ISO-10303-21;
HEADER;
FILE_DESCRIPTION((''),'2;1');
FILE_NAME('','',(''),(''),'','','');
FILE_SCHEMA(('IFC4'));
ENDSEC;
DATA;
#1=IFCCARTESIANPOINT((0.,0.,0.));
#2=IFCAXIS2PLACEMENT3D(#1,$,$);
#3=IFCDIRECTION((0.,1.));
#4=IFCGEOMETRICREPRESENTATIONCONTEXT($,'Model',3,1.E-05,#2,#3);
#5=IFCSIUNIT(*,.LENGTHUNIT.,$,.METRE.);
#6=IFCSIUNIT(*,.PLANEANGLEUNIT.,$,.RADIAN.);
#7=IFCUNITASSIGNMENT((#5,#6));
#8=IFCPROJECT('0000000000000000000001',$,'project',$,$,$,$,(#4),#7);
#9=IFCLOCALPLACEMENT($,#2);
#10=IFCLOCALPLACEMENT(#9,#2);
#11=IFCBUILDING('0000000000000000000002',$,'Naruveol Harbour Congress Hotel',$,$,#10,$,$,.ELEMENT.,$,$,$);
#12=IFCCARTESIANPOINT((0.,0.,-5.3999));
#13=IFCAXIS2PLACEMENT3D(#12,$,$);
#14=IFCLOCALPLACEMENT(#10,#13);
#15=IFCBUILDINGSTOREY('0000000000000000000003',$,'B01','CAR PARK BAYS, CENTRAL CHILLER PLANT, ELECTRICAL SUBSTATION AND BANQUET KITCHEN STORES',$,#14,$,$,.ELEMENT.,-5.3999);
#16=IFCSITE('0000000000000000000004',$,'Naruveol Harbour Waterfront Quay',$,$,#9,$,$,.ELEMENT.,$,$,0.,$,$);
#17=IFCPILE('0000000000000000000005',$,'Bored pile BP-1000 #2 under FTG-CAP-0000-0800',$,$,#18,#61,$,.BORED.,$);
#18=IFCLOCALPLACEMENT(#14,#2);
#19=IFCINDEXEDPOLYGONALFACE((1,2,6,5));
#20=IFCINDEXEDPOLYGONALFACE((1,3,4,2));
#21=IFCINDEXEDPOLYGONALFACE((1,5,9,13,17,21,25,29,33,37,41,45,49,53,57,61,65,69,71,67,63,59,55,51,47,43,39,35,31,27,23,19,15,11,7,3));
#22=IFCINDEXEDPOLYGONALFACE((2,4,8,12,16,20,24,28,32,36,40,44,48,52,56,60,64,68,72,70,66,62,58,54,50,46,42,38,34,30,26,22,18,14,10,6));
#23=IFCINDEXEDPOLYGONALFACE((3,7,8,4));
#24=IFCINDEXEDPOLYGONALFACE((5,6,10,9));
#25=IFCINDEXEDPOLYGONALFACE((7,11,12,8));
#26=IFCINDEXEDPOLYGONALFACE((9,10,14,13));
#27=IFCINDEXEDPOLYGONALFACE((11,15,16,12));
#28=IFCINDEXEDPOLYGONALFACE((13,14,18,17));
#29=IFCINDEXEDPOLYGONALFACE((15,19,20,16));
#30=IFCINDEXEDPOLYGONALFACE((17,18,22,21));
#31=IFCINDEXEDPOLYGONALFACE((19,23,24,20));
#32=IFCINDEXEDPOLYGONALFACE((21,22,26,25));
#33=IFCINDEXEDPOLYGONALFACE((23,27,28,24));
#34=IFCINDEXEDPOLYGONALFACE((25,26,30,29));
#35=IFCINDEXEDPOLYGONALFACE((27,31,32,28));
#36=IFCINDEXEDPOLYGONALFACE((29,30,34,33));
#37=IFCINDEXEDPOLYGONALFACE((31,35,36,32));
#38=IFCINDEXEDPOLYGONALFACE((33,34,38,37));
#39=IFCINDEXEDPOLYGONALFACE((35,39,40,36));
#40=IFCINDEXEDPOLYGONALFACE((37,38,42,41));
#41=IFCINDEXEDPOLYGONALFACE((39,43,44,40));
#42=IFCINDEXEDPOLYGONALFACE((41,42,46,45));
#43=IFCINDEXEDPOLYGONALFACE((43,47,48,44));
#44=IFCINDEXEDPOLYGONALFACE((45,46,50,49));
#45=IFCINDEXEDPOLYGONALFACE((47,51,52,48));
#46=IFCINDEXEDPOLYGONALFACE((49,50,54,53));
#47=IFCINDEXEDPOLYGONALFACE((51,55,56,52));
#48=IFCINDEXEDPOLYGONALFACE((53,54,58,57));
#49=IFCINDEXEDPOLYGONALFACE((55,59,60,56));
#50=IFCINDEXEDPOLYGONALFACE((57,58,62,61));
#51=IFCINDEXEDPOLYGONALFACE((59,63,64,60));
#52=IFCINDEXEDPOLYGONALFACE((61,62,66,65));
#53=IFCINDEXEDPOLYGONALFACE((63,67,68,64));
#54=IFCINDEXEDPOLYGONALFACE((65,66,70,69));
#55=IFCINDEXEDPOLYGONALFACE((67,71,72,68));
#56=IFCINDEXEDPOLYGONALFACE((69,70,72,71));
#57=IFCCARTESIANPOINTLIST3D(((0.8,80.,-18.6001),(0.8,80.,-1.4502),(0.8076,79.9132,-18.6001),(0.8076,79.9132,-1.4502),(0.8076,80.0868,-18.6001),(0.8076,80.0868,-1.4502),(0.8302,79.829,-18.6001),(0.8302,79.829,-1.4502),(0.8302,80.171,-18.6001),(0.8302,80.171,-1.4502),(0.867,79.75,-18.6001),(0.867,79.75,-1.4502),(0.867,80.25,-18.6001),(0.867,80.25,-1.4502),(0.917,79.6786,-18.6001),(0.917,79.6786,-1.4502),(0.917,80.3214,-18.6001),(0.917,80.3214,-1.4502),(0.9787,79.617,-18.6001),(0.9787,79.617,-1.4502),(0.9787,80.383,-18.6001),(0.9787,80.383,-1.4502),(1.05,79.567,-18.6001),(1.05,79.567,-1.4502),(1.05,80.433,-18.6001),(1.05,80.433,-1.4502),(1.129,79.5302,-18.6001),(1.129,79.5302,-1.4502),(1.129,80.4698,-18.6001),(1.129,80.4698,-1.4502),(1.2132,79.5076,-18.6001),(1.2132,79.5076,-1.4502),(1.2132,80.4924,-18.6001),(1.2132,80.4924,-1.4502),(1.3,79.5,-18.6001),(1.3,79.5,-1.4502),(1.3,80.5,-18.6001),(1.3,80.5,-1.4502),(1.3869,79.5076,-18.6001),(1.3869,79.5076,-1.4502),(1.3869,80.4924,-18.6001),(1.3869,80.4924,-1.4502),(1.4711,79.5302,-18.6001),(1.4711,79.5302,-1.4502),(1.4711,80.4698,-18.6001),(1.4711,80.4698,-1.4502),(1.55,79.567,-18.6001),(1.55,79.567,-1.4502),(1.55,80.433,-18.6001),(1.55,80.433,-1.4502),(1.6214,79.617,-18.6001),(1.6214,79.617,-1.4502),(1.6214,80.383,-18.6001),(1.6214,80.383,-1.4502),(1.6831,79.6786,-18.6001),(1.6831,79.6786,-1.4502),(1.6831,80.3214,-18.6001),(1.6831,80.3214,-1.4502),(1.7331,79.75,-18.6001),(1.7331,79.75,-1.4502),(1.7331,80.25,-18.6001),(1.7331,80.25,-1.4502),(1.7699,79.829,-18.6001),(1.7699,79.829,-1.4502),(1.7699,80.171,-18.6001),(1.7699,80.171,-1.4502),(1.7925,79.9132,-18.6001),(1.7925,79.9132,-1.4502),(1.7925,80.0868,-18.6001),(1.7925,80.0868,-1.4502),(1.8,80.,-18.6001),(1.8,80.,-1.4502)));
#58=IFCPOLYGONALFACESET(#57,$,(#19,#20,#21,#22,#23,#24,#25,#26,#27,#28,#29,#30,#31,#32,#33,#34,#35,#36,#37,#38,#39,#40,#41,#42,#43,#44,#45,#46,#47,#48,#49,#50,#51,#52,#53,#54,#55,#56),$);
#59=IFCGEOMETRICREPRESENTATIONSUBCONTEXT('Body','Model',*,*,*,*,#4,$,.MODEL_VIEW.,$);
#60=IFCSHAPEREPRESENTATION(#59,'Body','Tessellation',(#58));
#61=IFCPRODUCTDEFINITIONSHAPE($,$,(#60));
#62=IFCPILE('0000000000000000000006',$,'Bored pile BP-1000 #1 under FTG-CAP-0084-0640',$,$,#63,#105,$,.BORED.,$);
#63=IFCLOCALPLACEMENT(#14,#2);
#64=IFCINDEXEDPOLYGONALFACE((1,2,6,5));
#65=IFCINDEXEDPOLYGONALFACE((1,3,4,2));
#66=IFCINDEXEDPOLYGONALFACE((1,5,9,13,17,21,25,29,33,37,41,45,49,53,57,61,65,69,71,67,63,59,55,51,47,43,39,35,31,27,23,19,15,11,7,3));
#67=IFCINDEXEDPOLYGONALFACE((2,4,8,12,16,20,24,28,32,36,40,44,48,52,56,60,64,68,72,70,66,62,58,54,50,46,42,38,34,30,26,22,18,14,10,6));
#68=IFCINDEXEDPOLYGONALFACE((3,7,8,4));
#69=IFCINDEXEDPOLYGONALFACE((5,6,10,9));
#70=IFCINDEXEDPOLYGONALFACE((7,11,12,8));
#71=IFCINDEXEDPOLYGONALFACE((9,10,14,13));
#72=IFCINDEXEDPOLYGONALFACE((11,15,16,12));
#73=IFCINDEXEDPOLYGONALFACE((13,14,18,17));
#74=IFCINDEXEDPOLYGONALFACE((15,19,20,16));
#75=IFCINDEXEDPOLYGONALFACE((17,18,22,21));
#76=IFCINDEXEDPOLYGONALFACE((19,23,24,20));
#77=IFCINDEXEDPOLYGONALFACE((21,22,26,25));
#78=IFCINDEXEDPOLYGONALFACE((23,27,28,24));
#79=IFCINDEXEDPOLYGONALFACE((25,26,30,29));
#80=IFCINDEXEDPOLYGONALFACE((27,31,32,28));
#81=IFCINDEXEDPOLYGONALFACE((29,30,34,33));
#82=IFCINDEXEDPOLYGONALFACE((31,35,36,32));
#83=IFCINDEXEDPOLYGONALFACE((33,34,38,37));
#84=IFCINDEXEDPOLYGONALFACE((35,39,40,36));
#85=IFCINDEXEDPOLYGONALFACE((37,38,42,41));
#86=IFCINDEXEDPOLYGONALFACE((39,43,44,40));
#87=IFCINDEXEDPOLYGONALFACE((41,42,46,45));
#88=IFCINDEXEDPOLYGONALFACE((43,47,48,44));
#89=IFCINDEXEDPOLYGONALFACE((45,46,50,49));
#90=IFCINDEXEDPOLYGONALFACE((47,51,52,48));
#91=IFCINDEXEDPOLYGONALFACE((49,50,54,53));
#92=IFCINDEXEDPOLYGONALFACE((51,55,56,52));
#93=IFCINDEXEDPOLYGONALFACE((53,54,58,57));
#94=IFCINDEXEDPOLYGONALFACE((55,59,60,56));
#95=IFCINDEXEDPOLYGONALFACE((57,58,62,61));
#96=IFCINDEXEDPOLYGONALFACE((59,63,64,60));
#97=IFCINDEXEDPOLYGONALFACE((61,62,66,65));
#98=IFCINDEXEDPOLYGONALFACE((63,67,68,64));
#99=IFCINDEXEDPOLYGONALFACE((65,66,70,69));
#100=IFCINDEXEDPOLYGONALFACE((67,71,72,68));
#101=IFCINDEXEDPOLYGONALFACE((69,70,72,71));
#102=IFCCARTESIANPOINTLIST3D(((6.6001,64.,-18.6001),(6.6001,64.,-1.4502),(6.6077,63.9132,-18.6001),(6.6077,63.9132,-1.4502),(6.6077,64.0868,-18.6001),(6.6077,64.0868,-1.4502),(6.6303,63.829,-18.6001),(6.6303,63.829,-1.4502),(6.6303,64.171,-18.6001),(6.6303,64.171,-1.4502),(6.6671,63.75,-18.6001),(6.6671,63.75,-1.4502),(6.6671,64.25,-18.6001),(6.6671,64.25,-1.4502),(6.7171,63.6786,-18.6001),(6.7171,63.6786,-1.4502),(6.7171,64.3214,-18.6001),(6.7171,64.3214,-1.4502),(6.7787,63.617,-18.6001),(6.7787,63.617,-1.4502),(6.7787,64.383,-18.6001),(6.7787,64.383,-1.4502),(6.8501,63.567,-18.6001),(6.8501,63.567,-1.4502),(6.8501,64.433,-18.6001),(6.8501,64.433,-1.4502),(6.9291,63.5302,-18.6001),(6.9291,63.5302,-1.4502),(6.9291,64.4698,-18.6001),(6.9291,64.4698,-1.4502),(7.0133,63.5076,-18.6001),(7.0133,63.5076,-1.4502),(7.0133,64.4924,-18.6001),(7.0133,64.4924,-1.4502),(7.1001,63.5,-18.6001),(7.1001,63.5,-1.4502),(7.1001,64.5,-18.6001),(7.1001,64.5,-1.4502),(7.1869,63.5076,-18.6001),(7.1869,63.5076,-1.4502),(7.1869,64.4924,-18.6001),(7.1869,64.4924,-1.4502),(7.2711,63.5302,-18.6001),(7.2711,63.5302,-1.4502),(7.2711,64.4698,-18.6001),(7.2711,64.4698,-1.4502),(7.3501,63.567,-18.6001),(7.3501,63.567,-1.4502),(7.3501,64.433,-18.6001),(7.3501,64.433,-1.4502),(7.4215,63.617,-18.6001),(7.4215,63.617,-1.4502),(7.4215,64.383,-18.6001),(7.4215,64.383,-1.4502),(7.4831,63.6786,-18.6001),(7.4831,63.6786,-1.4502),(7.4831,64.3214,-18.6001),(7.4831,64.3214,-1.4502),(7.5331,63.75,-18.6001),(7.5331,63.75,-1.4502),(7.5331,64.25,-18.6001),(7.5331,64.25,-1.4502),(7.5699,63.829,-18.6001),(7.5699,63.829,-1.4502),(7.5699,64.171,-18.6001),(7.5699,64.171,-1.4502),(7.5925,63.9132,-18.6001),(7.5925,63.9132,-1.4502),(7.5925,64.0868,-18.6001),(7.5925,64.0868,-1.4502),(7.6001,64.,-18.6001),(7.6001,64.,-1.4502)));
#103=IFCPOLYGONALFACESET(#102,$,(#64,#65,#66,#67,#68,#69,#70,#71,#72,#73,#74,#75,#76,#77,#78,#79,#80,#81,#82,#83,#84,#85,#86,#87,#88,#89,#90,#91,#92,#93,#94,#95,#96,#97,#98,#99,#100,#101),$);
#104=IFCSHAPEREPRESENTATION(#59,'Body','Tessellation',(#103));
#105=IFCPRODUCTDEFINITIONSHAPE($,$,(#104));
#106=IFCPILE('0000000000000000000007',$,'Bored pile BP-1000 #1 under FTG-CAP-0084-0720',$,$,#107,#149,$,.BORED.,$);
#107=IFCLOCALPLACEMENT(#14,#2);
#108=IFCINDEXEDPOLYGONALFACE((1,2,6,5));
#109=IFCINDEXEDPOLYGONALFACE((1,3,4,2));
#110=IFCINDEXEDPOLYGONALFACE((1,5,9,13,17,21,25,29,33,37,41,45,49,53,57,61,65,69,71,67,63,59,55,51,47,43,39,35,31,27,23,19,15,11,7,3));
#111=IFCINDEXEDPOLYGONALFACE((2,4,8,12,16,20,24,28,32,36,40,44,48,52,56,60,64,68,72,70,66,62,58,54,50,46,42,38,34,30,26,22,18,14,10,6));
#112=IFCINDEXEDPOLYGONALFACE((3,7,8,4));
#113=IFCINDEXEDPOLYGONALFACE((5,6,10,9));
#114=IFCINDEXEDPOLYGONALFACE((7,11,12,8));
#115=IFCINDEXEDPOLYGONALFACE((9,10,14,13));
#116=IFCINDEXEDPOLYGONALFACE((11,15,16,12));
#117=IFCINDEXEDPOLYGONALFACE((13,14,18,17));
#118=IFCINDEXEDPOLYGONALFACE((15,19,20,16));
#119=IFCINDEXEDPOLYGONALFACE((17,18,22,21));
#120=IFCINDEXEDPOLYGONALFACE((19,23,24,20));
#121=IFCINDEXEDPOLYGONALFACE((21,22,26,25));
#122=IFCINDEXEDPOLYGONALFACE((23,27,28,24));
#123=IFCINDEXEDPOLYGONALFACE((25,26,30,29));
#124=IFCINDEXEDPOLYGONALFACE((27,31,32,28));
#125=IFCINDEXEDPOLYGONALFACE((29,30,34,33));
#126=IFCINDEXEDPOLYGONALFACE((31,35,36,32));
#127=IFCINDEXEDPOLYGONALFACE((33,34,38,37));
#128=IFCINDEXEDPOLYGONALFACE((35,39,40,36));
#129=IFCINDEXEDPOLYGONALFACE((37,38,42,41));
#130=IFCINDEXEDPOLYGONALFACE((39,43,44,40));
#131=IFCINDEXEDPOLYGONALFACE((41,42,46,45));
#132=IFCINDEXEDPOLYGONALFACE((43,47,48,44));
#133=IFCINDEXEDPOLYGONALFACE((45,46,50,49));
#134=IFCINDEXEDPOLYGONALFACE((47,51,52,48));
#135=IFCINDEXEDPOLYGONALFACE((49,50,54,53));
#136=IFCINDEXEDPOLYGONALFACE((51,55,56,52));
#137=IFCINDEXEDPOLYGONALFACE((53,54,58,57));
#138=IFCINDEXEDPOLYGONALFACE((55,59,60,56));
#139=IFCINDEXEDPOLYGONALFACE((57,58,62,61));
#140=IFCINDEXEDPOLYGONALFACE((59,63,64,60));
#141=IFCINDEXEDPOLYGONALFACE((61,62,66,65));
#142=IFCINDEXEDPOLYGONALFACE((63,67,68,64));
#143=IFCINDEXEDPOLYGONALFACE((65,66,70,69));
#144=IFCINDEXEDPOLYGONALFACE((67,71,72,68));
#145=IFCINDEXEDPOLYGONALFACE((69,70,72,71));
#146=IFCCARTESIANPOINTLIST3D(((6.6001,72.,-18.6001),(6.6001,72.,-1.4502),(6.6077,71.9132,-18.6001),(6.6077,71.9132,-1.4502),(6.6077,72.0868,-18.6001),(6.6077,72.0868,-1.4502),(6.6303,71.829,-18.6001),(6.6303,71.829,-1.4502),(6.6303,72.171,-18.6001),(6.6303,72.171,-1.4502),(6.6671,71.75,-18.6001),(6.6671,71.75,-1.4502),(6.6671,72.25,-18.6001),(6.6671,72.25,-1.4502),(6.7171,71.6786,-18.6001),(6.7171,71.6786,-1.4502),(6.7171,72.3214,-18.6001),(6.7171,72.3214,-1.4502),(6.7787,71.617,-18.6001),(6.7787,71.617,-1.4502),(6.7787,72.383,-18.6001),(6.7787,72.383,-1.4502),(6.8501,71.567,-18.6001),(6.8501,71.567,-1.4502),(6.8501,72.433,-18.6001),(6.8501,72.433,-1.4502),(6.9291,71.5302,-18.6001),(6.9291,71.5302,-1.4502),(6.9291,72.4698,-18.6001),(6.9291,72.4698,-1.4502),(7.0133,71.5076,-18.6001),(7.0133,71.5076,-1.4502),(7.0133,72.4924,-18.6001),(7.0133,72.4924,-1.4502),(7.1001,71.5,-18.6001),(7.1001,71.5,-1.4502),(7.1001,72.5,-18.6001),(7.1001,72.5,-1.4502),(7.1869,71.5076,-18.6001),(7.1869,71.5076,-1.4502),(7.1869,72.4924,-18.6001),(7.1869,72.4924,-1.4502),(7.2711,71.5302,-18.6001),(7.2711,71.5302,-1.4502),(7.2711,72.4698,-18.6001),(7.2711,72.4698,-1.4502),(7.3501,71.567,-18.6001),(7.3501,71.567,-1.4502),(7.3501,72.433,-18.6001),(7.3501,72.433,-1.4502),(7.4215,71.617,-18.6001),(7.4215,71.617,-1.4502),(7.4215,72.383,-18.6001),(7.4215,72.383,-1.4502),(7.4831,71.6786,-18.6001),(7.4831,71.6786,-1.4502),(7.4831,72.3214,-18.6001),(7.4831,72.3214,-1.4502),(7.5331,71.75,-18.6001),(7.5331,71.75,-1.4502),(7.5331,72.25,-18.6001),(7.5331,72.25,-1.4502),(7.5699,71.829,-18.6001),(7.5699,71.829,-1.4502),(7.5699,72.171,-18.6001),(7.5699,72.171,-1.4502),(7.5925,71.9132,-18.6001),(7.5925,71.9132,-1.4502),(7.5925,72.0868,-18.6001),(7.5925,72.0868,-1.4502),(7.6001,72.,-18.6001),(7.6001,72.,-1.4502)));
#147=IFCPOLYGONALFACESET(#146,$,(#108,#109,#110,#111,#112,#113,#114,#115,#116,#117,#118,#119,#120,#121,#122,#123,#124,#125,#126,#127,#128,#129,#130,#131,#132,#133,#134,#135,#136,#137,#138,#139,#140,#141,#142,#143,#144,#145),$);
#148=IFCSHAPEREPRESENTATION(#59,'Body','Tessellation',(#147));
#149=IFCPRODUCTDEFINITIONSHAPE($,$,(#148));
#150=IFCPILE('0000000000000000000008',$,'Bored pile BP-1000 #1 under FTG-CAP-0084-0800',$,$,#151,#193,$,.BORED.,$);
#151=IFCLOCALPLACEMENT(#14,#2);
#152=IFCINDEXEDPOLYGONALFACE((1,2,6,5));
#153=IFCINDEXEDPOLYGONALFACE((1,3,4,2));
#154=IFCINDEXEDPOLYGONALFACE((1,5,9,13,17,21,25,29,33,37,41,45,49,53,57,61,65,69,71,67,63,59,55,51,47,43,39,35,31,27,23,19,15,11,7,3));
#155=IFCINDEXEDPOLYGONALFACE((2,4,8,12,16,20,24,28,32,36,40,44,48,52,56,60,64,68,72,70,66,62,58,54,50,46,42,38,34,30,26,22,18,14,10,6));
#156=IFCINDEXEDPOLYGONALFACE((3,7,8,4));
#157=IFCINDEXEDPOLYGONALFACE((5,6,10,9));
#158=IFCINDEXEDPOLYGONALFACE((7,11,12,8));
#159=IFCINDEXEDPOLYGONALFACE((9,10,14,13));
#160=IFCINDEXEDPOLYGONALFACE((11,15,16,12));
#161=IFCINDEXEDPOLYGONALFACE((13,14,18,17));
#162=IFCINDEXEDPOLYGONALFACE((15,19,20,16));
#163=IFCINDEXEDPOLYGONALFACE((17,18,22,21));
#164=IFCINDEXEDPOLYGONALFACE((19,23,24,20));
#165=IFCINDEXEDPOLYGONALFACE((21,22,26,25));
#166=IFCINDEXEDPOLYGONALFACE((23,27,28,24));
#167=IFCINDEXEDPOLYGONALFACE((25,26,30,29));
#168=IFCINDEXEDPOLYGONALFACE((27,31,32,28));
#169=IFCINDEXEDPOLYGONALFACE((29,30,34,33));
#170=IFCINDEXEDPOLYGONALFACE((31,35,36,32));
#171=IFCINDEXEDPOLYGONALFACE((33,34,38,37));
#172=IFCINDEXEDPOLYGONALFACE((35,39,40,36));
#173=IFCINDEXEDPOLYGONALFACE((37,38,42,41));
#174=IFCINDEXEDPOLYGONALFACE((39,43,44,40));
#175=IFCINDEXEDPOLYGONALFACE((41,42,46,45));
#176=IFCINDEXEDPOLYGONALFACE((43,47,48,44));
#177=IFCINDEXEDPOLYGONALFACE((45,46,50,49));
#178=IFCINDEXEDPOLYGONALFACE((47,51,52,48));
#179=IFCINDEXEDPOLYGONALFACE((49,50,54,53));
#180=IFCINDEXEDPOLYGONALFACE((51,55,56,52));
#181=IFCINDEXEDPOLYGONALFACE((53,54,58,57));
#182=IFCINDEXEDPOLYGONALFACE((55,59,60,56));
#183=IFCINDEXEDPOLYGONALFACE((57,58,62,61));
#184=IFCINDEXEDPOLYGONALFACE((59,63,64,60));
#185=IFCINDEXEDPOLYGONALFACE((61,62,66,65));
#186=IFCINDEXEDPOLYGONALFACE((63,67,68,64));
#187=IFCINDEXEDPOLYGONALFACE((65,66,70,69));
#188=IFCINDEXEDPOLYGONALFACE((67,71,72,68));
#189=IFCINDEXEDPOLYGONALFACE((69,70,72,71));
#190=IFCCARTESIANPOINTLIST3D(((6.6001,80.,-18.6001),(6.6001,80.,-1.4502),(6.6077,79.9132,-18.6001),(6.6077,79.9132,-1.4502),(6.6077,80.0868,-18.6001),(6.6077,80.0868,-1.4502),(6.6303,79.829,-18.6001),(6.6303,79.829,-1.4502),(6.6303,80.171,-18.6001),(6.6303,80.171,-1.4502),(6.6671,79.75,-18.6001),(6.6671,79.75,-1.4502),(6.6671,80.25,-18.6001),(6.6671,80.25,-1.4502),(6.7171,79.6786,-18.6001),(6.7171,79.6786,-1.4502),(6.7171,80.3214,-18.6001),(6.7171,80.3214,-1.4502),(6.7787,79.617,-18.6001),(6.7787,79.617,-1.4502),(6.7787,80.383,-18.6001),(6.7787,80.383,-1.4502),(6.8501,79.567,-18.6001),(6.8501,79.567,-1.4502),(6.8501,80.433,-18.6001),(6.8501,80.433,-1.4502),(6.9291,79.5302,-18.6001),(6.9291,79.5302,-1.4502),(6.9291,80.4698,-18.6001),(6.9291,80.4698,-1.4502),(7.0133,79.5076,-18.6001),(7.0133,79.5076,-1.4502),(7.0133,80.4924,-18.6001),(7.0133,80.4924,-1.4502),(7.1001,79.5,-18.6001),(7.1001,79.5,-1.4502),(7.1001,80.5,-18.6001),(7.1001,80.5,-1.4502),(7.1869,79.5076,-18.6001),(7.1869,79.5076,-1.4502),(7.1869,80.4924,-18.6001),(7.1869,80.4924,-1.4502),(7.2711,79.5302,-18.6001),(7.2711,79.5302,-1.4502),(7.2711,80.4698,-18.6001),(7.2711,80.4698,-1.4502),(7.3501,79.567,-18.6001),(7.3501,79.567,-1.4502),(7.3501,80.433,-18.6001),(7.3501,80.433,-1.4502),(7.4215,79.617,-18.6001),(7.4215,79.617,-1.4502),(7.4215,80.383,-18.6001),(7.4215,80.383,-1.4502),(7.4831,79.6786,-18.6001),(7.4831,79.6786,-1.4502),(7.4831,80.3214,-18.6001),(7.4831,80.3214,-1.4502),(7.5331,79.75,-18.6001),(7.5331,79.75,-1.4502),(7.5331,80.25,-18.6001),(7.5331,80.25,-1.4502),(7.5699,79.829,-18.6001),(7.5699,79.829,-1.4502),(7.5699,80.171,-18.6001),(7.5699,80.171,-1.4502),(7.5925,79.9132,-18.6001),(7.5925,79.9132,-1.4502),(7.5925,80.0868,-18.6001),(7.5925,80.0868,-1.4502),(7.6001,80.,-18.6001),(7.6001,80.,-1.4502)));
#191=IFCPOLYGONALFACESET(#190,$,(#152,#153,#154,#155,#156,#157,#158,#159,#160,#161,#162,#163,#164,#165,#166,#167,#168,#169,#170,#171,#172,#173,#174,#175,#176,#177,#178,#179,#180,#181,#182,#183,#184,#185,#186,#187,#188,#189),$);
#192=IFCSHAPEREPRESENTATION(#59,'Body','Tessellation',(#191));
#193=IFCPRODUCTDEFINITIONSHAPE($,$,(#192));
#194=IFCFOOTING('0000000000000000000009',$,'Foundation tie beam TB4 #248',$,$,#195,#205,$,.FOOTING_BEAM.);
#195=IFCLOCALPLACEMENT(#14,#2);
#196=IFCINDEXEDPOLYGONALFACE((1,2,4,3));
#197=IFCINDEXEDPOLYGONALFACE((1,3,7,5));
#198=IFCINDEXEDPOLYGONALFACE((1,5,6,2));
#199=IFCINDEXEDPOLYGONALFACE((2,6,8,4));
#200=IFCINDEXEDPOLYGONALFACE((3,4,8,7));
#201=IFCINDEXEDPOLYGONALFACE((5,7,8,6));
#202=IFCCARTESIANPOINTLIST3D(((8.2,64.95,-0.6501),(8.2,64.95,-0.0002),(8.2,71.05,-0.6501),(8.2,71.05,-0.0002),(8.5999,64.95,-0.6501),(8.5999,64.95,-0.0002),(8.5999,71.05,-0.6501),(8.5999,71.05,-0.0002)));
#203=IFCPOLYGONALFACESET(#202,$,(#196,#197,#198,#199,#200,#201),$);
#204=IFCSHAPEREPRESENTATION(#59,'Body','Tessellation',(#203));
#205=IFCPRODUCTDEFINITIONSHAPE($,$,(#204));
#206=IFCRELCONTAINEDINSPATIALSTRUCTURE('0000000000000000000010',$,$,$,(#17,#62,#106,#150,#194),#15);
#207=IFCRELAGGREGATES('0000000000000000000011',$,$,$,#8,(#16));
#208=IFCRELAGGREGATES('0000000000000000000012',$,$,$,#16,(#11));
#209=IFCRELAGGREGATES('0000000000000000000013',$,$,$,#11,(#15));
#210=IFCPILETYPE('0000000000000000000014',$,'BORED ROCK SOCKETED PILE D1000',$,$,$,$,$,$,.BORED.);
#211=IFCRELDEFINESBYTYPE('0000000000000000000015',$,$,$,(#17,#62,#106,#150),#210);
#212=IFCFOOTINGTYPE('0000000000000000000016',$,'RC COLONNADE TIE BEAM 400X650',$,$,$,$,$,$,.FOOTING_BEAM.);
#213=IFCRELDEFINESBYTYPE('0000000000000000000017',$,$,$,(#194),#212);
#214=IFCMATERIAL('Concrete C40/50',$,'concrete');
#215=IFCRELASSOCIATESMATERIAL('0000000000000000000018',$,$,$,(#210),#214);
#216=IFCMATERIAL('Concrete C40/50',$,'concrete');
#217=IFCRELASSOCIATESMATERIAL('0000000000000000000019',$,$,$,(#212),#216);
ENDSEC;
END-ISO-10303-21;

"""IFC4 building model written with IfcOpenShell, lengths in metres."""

from ifc_helpers import new_model, si_unit, direction, frame, origin, origin_2d, place, context, subcontext, project, spatial, rectangle, circle, extrude, material, material_profile, profile_set, type_object, element, save


model = new_model("IFC4")

# Units and contexts
model_context = context("Model", 3, precision=1e-05, world=origin(), true_north=direction((0.0, 1.0)))
body_context = subcontext(model_context, "Body", "Model", "MODEL_VIEW")
ifc_project = project(units=[si_unit("LENGTHUNIT", "METRE"), si_unit("PLANEANGLEUNIT", "RADIAN")], contexts=[model_context])

# Site, building, storey
site_placement = place(None, origin())
site = spatial("IfcSite", under=ifc_project, at=site_placement, Name="Naruveol Harbour Waterfront Quay", CompositionType="ELEMENT", RefElevation=0.0)
building_placement = place(site_placement, origin())
building = spatial("IfcBuilding", under=site, at=building_placement, Name="Naruveol Harbour Congress Hotel", CompositionType="ELEMENT")
storey_placement = place(building_placement, frame((0.0, 0.0, -5.3999)))
storey = spatial("IfcBuildingStorey", under=building, at=storey_placement, Name="B01", Description="CAR PARK BAYS, CENTRAL CHILLER PLANT, ELECTRICAL SUBSTATION AND BANQUET KITCHEN STORES", CompositionType="ELEMENT", Elevation=-5.3999)

# Piles
ifc_material_1 = material(Name="Concrete C40/50", Category="concrete")
ifc_material_profile_1 = material_profile(ifc_material_1, circle(Radius=0.5, at=origin_2d()), Name="BP-1000")
ifc_profile_set_1 = profile_set([ifc_material_profile_1], Name="Concrete C40/50")
pile_type = type_object("IfcPileType", Name="BORED ROCK SOCKETED PILE D1000", PredefinedType="BORED", material=ifc_profile_set_1)
for number, where, z_axis, x_axis, name in (
    (1, (1.3, 80.0, -1.4502), (0.0, 0.0, -1.0), (1.0, 0.0, 0.0), "Bored pile BP-1000 #2 under FTG-CAP-0000-0800"),
    (2, (7.1001, 64.0, -1.4502), (0.0, 0.0, -1.0), (1.0, 0.0, 0.0), "Bored pile BP-1000 #1 under FTG-CAP-0084-0640"),
    (3, (7.1001, 72.0, -1.4502), (0.0, 0.0, -1.0), (1.0, 0.0, 0.0), "Bored pile BP-1000 #1 under FTG-CAP-0084-0720"),
    (4, (7.1001, 80.0, -1.4502), (0.0, 0.0, -1.0), (1.0, 0.0, 0.0), "Bored pile BP-1000 #1 under FTG-CAP-0084-0800"),
):
    element("IfcPile", number, at=place(storey_placement, frame(where, z_axis=z_axis, x_axis=x_axis)), inside=storey, type_object=pile_type, Name=name, PredefinedType="BORED", context=body_context, shape_type="SweptSolid", body=[
        extrude(circle(Radius=0.5, at=origin_2d()), origin(), (0.0, 0.0, 1.0), 17.1499),
    ])

# Footing
ifc_material_2 = material(Name="Concrete C40/50", Category="concrete")
ifc_material_profile_2 = material_profile(ifc_material_2, rectangle(XDim=0.3999, YDim=0.6499, at=origin_2d()), Name="RCB-400x650")
ifc_profile_set_2 = profile_set([ifc_material_profile_2], Name="Concrete C40/50")
footing_type_1 = type_object("IfcFootingType", Name="RC COLONNADE TIE BEAM 400X650", PredefinedType="FOOTING_BEAM", material=ifc_profile_set_2)
for number, where, z_axis, x_axis, name in (
    (5, (8.3999, 64.95, -0.3252), (0.0, 1.0, 0.0), (-1.0, 0.0, 0.0), "Foundation tie beam TB4 #248"),
):
    element("IfcFooting", number, at=place(storey_placement, frame(where, z_axis=z_axis, x_axis=x_axis)), inside=storey, type_object=footing_type_1, Name=name, PredefinedType="FOOTING_BEAM", context=body_context, shape_type="SweptSolid", body=[
        extrude(rectangle(XDim=0.3999, YDim=0.6499, at=origin_2d()), origin(), (0.0, 0.0, 1.0), 6.1001),
    ])

save(model, "model.ifc")
